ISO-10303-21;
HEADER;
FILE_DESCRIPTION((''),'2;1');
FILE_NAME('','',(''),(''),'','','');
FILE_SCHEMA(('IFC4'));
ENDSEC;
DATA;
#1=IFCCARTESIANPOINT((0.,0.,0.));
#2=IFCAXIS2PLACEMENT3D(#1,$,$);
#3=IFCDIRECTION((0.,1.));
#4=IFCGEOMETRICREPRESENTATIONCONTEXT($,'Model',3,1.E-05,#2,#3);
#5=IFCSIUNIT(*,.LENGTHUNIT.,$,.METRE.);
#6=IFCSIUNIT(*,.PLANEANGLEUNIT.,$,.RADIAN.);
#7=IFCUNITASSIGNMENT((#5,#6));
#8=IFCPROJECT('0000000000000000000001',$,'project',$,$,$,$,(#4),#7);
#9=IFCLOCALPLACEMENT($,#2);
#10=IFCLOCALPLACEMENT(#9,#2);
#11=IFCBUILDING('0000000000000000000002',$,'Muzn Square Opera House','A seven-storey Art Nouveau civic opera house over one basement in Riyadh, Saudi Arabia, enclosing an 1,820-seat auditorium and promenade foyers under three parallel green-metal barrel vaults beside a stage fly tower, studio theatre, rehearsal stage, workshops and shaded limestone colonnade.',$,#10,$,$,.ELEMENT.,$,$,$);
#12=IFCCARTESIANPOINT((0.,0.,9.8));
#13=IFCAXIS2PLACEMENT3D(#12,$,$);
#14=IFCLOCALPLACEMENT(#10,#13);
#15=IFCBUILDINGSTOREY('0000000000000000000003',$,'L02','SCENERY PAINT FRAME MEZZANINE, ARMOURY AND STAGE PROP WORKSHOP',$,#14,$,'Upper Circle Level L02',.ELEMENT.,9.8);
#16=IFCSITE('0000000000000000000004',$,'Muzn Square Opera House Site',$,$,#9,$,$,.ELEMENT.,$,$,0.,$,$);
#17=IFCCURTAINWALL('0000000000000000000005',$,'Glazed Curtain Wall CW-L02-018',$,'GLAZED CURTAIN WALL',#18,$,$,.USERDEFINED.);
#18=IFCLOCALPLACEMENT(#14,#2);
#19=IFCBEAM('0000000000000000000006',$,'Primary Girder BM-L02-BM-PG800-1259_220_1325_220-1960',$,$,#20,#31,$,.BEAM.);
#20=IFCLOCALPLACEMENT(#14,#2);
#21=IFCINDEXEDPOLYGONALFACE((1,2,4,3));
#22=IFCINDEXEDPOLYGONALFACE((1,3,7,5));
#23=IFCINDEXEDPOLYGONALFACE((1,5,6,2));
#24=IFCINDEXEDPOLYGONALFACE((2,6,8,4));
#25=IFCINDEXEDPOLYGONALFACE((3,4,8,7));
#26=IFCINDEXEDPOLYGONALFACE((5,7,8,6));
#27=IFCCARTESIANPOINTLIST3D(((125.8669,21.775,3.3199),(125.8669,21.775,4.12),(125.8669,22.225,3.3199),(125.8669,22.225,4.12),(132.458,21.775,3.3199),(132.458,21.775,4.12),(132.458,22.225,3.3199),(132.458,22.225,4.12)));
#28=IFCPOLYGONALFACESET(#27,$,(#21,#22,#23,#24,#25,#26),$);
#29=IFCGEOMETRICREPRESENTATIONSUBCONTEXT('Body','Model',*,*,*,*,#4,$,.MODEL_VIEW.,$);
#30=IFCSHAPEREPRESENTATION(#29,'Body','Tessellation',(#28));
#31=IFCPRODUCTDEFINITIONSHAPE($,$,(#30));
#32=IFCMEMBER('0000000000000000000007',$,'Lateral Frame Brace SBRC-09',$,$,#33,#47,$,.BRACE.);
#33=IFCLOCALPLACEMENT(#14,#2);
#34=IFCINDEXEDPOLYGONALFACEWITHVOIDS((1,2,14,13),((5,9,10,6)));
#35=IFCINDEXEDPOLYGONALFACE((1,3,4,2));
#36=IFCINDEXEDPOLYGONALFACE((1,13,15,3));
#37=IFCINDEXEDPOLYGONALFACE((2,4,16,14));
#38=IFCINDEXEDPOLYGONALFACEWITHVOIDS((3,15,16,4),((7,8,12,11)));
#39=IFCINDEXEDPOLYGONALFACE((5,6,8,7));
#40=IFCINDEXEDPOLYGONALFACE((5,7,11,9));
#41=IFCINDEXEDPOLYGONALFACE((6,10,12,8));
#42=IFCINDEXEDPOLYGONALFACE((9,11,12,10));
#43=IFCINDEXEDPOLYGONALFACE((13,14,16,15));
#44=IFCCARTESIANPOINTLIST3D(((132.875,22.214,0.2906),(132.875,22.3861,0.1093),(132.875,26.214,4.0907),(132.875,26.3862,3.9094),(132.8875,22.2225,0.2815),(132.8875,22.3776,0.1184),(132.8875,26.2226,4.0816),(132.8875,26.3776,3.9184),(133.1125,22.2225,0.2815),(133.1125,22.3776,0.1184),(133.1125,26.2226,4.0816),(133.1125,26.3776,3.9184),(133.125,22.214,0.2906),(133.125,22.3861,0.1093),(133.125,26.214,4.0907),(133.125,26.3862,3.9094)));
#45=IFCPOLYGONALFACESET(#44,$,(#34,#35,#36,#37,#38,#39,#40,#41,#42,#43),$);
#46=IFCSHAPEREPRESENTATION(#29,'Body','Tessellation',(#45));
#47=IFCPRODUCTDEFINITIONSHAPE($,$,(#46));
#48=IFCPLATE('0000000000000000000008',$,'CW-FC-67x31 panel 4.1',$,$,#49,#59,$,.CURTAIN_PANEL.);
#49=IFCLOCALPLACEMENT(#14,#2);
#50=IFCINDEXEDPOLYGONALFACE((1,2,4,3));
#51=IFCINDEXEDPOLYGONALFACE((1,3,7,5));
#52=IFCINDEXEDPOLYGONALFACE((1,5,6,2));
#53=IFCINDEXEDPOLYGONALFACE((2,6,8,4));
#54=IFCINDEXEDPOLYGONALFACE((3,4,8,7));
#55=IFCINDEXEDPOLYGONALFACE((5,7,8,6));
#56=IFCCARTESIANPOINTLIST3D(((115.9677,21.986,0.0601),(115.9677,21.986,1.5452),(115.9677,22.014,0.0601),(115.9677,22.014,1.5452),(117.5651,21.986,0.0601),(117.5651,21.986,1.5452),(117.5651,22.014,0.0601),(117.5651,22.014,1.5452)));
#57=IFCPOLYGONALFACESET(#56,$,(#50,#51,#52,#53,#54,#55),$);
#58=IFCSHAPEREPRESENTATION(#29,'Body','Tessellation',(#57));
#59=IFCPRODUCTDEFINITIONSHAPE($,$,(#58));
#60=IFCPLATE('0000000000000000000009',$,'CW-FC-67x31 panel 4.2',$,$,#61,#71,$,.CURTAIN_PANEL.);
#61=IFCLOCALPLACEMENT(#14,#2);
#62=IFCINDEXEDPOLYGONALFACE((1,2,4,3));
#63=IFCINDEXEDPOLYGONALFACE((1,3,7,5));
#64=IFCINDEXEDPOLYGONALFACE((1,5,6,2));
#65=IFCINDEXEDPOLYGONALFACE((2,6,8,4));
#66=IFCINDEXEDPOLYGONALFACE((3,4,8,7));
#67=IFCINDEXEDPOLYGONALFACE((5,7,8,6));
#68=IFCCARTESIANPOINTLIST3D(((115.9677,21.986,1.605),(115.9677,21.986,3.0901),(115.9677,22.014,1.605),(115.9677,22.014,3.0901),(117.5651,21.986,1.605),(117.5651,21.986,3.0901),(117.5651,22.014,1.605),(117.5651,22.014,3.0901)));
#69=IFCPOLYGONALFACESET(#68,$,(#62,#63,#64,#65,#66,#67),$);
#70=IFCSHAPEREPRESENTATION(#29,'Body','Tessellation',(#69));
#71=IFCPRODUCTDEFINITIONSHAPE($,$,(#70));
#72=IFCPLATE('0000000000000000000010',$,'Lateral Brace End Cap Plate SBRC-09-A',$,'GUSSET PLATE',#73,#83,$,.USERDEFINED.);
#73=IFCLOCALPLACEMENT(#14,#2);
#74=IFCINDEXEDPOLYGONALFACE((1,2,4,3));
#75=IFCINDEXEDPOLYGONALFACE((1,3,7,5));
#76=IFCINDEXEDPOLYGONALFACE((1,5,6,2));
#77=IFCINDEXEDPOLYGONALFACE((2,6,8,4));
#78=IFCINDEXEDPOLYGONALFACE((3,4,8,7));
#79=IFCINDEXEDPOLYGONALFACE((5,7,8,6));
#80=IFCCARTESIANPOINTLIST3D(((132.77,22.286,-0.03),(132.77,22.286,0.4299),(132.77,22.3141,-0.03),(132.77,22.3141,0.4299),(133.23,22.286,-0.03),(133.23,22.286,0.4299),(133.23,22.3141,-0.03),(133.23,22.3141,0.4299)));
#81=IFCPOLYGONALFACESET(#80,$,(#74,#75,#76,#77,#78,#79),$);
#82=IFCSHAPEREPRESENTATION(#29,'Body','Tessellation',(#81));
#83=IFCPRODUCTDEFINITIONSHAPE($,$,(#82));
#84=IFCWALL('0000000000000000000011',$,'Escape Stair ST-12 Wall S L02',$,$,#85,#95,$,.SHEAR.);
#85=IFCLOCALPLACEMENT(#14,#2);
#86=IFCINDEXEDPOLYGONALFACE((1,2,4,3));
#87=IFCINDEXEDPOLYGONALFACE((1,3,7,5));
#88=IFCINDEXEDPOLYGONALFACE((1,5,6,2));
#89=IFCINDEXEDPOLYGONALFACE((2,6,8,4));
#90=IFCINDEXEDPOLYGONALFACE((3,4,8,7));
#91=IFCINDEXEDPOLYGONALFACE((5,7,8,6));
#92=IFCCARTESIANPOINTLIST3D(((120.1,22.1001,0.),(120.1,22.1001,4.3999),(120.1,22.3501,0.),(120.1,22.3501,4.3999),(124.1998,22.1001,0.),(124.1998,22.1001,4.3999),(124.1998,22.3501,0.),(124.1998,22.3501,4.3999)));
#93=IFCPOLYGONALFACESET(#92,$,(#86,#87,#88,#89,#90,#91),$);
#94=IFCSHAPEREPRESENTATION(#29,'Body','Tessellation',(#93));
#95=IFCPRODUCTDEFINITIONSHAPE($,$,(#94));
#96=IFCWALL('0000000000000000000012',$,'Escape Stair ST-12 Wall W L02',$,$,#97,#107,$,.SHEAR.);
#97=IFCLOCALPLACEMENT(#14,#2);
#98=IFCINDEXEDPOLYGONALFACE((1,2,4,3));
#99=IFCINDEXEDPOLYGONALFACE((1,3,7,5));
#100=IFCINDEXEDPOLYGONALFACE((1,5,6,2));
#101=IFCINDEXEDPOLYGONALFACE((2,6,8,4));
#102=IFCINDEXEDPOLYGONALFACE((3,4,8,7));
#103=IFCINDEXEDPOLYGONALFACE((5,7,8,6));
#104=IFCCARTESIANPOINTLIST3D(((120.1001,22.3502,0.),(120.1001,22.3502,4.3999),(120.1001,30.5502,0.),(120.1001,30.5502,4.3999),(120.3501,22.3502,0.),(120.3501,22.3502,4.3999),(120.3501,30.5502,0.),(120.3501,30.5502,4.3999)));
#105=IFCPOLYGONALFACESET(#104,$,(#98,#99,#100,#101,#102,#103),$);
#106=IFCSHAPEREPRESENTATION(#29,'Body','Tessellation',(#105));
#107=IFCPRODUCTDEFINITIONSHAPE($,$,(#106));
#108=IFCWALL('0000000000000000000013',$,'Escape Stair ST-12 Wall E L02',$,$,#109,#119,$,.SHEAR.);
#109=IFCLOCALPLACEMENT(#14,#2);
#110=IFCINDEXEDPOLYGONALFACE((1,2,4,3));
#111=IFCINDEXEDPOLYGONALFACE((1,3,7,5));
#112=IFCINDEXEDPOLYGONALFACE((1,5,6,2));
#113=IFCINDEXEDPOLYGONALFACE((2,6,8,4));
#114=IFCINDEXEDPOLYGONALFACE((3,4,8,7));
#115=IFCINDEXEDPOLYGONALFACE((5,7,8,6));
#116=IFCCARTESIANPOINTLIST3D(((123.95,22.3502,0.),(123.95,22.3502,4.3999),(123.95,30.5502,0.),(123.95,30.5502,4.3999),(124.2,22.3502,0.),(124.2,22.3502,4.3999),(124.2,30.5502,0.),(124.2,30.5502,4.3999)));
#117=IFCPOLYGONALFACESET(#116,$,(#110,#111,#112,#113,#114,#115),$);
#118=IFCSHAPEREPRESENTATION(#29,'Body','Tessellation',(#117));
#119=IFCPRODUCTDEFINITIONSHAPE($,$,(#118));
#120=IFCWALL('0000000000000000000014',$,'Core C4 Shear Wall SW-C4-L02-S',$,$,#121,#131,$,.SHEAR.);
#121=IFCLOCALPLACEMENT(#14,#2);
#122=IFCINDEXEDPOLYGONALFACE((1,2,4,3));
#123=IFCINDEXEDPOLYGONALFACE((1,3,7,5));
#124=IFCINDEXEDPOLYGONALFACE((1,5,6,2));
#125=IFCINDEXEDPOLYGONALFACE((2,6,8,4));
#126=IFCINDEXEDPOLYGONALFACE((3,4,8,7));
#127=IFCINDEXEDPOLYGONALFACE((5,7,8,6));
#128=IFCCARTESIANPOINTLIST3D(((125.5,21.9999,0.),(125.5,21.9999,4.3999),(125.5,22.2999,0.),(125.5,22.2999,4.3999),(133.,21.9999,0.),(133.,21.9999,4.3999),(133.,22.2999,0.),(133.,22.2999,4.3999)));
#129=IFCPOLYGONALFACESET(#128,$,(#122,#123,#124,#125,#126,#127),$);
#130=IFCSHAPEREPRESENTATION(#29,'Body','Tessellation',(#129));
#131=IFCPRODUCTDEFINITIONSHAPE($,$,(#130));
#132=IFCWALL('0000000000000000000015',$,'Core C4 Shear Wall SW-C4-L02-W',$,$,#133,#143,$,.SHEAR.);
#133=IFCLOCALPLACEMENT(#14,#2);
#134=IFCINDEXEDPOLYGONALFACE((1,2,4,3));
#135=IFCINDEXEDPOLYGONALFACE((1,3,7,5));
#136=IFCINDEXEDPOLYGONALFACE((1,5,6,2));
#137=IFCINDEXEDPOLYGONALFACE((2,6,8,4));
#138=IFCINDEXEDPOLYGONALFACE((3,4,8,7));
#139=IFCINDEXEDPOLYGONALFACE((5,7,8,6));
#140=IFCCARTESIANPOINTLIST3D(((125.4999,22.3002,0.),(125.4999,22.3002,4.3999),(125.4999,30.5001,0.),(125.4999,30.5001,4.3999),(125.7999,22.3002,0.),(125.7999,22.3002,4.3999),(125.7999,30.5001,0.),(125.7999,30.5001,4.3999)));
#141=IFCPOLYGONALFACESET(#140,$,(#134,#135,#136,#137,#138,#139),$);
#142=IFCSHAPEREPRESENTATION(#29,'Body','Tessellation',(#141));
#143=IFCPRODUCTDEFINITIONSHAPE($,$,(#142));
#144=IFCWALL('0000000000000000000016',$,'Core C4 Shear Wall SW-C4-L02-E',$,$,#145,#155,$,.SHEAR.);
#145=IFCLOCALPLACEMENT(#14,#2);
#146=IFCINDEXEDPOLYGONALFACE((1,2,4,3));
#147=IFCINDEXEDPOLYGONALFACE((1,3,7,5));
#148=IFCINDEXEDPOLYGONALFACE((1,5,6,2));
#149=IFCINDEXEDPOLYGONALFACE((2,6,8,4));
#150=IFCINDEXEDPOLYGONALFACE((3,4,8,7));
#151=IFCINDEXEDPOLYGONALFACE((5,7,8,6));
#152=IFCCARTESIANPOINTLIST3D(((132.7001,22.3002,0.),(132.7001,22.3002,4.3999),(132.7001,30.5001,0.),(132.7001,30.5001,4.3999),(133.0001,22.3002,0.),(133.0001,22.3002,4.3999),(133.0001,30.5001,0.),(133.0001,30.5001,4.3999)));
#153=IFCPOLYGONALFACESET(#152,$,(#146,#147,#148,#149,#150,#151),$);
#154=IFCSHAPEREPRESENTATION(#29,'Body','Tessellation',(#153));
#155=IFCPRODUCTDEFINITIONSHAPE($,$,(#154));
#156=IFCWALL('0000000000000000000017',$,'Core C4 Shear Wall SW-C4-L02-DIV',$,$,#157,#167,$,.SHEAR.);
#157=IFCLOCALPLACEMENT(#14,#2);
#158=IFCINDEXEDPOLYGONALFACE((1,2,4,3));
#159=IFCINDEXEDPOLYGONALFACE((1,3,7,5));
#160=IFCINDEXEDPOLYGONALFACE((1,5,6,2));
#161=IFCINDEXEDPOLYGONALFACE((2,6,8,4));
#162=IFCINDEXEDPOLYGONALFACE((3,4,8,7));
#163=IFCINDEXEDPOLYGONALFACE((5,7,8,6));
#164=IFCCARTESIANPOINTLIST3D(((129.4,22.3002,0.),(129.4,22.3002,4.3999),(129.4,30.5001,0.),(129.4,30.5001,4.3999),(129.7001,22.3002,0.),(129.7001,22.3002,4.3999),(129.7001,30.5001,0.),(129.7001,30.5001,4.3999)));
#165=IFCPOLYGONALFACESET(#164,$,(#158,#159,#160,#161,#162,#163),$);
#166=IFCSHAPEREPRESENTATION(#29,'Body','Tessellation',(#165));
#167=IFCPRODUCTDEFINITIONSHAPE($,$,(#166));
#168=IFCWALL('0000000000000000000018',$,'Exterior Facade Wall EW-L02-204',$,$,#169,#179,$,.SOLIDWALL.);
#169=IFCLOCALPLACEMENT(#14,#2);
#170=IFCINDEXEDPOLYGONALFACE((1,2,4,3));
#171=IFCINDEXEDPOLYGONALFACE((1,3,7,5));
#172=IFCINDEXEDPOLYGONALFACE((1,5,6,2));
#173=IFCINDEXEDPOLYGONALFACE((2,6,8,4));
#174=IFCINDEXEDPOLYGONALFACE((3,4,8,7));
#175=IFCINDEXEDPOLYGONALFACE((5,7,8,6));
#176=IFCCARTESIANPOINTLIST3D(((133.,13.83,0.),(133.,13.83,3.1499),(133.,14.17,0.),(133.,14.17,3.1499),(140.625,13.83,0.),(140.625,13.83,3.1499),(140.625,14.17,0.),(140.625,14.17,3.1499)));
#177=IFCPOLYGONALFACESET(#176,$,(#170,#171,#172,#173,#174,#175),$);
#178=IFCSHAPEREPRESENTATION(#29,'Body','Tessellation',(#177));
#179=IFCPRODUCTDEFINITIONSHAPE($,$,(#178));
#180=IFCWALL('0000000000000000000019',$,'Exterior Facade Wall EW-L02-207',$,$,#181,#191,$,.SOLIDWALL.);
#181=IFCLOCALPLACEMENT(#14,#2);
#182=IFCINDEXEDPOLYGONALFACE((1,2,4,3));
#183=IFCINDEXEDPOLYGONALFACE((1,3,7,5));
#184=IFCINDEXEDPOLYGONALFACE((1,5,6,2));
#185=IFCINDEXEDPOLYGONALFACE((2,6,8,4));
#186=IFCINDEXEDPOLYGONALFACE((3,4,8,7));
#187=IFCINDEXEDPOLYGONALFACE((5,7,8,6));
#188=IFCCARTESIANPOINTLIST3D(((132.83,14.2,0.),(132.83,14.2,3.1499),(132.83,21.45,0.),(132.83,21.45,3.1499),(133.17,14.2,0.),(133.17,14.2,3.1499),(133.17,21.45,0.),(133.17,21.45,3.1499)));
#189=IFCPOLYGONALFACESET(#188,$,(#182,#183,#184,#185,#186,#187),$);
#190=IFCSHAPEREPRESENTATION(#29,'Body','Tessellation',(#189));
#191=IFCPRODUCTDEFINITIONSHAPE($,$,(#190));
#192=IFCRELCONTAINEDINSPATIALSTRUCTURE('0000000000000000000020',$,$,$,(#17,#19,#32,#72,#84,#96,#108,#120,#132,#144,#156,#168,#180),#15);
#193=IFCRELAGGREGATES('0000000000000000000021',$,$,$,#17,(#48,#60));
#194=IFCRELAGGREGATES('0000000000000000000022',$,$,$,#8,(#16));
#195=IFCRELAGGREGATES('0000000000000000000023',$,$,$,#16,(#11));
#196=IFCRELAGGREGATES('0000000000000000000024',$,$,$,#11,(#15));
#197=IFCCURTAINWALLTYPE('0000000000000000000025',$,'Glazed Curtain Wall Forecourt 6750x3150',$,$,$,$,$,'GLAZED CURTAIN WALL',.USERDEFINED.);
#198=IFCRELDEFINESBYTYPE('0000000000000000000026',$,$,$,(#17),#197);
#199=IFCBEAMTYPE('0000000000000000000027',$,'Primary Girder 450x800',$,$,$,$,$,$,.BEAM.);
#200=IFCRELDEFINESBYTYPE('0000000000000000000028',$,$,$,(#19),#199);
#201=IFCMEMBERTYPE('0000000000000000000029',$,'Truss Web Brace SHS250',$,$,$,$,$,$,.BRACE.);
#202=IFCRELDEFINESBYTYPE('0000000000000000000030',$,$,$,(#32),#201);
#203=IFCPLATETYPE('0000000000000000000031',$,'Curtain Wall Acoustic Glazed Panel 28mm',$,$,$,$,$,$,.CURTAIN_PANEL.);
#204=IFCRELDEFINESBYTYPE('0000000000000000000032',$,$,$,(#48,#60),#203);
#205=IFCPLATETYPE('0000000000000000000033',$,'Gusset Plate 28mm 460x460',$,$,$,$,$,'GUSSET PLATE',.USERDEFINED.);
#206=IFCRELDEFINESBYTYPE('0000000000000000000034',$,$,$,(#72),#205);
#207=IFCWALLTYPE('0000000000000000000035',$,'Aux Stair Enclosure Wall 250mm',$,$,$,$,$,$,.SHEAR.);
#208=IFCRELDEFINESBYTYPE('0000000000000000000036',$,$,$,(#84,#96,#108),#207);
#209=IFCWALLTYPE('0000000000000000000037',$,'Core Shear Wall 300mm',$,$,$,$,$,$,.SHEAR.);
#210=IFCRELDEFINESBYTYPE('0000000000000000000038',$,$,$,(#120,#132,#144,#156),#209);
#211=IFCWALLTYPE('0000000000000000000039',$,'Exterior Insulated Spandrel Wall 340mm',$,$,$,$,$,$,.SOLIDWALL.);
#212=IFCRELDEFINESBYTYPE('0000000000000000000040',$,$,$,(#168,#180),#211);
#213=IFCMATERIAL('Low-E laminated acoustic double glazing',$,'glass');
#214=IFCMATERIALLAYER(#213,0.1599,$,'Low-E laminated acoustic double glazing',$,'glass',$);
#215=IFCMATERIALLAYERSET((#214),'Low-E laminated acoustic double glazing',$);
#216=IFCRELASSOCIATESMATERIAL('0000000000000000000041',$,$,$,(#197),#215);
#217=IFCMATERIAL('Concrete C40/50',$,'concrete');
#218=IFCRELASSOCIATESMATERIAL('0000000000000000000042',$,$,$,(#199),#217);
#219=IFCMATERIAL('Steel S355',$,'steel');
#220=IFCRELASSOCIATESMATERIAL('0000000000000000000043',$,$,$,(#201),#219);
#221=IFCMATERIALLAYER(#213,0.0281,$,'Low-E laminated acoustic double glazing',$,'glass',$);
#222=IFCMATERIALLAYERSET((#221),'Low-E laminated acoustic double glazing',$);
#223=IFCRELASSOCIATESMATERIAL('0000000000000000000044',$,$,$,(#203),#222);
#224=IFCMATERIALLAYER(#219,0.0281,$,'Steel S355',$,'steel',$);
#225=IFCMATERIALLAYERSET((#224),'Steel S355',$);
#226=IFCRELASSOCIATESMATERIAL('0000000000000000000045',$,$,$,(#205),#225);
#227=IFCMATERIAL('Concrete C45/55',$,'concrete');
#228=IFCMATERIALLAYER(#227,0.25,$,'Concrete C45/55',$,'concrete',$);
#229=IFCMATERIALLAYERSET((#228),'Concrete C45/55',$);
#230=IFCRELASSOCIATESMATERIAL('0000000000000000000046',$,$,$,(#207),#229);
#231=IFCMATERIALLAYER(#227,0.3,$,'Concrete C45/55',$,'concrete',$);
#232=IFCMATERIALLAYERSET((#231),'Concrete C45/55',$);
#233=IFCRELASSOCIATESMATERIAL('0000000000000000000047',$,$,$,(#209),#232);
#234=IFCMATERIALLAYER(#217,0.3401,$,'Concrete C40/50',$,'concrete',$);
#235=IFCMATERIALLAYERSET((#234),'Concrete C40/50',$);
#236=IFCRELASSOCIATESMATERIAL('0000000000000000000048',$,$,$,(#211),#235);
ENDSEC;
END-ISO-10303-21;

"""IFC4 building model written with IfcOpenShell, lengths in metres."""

from ifc_helpers import new_model, si_unit, direction, frame, frame_2d, origin, origin_2d, place, context, subcontext, project, spatial, rectangle, hollow_rectangle, extrude, material, layer, layer_set, material_profile, profile_set, type_object, element, aggregate, save


model = new_model("IFC4")

# Units and contexts
model_context = context("Model", 3, precision=1e-05, world=origin(), true_north=direction((0.0, 1.0)))
body_context = subcontext(model_context, "Body", "Model", "MODEL_VIEW")
ifc_project = project(units=[si_unit("LENGTHUNIT", "METRE"), si_unit("PLANEANGLEUNIT", "RADIAN")], contexts=[model_context])

# Site, building, storey
site_placement = place(None, origin())
site = spatial("IfcSite", under=ifc_project, at=site_placement, Name="Muzn Square Opera House Site", CompositionType="ELEMENT", RefElevation=0.0)
building_placement = place(site_placement, origin())
building = spatial("IfcBuilding", under=site, at=building_placement, Name="Muzn Square Opera House", Description="A seven-storey Art Nouveau civic opera house over one basement in Riyadh, Saudi Arabia, enclosing an 1,820-seat auditorium and promenade foyers under three parallel green-metal barrel vaults beside a stage fly tower, studio theatre, rehearsal stage, workshops and shaded limestone colonnade.", CompositionType="ELEMENT")
storey_placement = place(building_placement, frame((0.0, 0.0, 9.8)))
storey = spatial("IfcBuildingStorey", under=building, at=storey_placement, Name="L02", Description="SCENERY PAINT FRAME MEZZANINE, ARMOURY AND STAGE PROP WORKSHOP", LongName="Upper Circle Level L02", CompositionType="ELEMENT", Elevation=9.8)

# Shared definitions
ifc_material_1 = material(Name="Concrete C45/55", Category="concrete")

# Curtain wall
ifc_material_2 = material(Name="Low-E laminated acoustic double glazing", Category="glass")
ifc_layer_1 = layer(ifc_material_2, 0.1599, Name="Low-E laminated acoustic double glazing", Category="glass")
ifc_layer_set_1 = layer_set([ifc_layer_1], Name="Low-E laminated acoustic double glazing")
curtain_wall_type = type_object("IfcCurtainWallType", Name="Glazed Curtain Wall Forecourt 6750x3150", ElementType="GLAZED CURTAIN WALL", PredefinedType="USERDEFINED", material=ifc_layer_set_1)
curtain_wall_placement = place(storey_placement, origin())
curtain_wall = element("IfcCurtainWall", 1, at=curtain_wall_placement, inside=storey, type_object=curtain_wall_type, Name="Glazed Curtain Wall CW-L02-018", ObjectType="GLAZED CURTAIN WALL", PredefinedType="USERDEFINED")

# Beam
ifc_material_3 = material(Name="Concrete C40/50", Category="concrete")
ifc_material_profile_1 = material_profile(ifc_material_3, rectangle(XDim=0.45, YDim=0.8, at=origin_2d()), Name="RCB 450x800", Category="concrete")
ifc_profile_set_1 = profile_set([ifc_material_profile_1], Name="Concrete C40/50")
beam_type_1 = type_object("IfcBeamType", Name="Primary Girder 450x800", PredefinedType="BEAM", material=ifc_profile_set_1)
beam_1_placement = place(storey_placement, frame((125.8669, 22.0, 3.72), z_axis=(1.0, 0.0, 0.0), x_axis=(0.0, 1.0, 0.0)))
element("IfcBeam", 2, at=beam_1_placement, inside=storey, type_object=beam_type_1, Name="Primary Girder BM-L02-BM-PG800-1259_220_1325_220-1960", PredefinedType="BEAM", context=body_context, shape_type="SweptSolid", body=[
    extrude(rectangle(XDim=0.45, YDim=0.8, at=origin_2d()), origin(), (0.0, 0.0, 1.0), 6.5911),
])

# Member
ifc_material_4 = material(Name="Steel S355", Category="steel")
ifc_material_profile_2 = material_profile(ifc_material_4, hollow_rectangle(XDim=0.25, YDim=0.25, WallThickness=0.0125, at=origin_2d()), Name="SHS 250x250x12.5", Category="steel")
ifc_profile_set_2 = profile_set([ifc_material_profile_2], Name="Steel S355")
member_type_1 = type_object("IfcMemberType", Name="Truss Web Brace SHS250", PredefinedType="BRACE", material=ifc_profile_set_2)
member_1_placement = place(storey_placement, frame((133.0, 22.3, 0.2), z_axis=(0.0, 0.724995, 0.688754), x_axis=(-1.0, 0.0, 0.0)))
element("IfcMember", 3, at=member_1_placement, inside=storey, type_object=member_type_1, Name="Lateral Frame Brace SBRC-09", PredefinedType="BRACE", context=body_context, shape_type="SweptSolid", body=[
    extrude(hollow_rectangle(XDim=0.25, YDim=0.25, WallThickness=0.0125, at=origin_2d()), origin(), (0.0, 0.0, 1.0), 5.5173),
])

# Plates
ifc_layer_2 = layer(ifc_material_2, 0.0281, Name="Low-E laminated acoustic double glazing", Category="glass")
ifc_layer_set_2 = layer_set([ifc_layer_2], Name="Low-E laminated acoustic double glazing")
plate_type_1 = type_object("IfcPlateType", Name="Curtain Wall Acoustic Glazed Panel 28mm", PredefinedType="CURTAIN_PANEL", material=ifc_layer_set_2)
plate_1_placement = place(storey_placement, frame((116.7664, 22.0, 0.0601), z_axis=(0.0, 0.0, 1.0), x_axis=(1.0, 0.0, 0.0)))
plate_1 = element("IfcPlate", 4, at=plate_1_placement, type_object=plate_type_1, Name="CW-FC-67x31 panel 4.1", PredefinedType="CURTAIN_PANEL", context=body_context, shape_type="SweptSolid", body=[
    extrude(rectangle(XDim=1.5974, YDim=0.0281, at=origin_2d()), origin(), (0.0, 0.0, 1.0), 1.4851),
])
plate_2_placement = place(storey_placement, frame((116.7664, 22.0, 1.605), z_axis=(0.0, 0.0, 1.0), x_axis=(1.0, 0.0, 0.0)))
plate_2 = element("IfcPlate", 5, at=plate_2_placement, type_object=plate_type_1, Name="CW-FC-67x31 panel 4.2", PredefinedType="CURTAIN_PANEL", context=body_context, shape_type="SweptSolid", body=[
    extrude(rectangle(XDim=1.5974, YDim=0.0281, at=origin_2d()), origin(), (0.0, 0.0, 1.0), 1.4851),
])
aggregate(curtain_wall, [plate_1, plate_2])
ifc_layer_3 = layer(ifc_material_4, 0.0281, Name="Steel S355", Category="steel")
ifc_layer_set_3 = layer_set([ifc_layer_3], Name="Steel S355")
plate_type_2 = type_object("IfcPlateType", Name="Gusset Plate 28mm 460x460", ElementType="GUSSET PLATE", PredefinedType="USERDEFINED", material=ifc_layer_set_3)
plate_3_placement = place(storey_placement, frame((133.0, 22.3, -0.03), z_axis=(0.0, 0.0, 1.0), x_axis=(1.0, 0.0, 0.0)))
element("IfcPlate", 6, at=plate_3_placement, inside=storey, type_object=plate_type_2, Name="Lateral Brace End Cap Plate SBRC-09-A", ObjectType="GUSSET PLATE", PredefinedType="USERDEFINED", context=body_context, shape_type="SweptSolid", body=[
    extrude(rectangle(XDim=0.46, YDim=0.0281, at=origin_2d()), origin(), (0.0, 0.0, 1.0), 0.46),
])

# Walls
ifc_layer_4 = layer(ifc_material_1, 0.25, Name="Concrete C45/55", Category="concrete")
ifc_layer_set_4 = layer_set([ifc_layer_4], Name="Concrete C45/55")
wall_type_1 = type_object("IfcWallType", Name="Aux Stair Enclosure Wall 250mm", PredefinedType="SHEAR", material=ifc_layer_set_4)
wall_1_placement = place(storey_placement, frame((120.1001, 22.2251, 0.0), z_axis=(0.0, 0.0, 1.0), x_axis=(1.0, 0.0, 0.0)))
element("IfcWall", 7, at=wall_1_placement, inside=storey, type_object=wall_type_1, Name="Escape Stair ST-12 Wall S L02", PredefinedType="SHEAR", context=body_context, shape_type="SweptSolid", body=[
    extrude(rectangle(XDim=4.0999, YDim=0.25, at=frame_2d((2.0498, 0.0))), origin(), (0.0, 0.0, 1.0), 4.3999),
])
for number, where, z_axis, x_axis, name in (
    (8, (120.2251, 22.3501, 0.0), (0.0, 0.0, 1.0), (0.0, 1.0, 0.0), "Escape Stair ST-12 Wall W L02"),
    (9, (124.075, 22.3501, 0.0), (0.0, 0.0, 1.0), (0.0, 1.0, 0.0), "Escape Stair ST-12 Wall E L02"),
):
    element("IfcWall", number, at=place(storey_placement, frame(where, z_axis=z_axis, x_axis=x_axis)), inside=storey, type_object=wall_type_1, Name=name, PredefinedType="SHEAR", context=body_context, shape_type="SweptSolid", body=[
        extrude(rectangle(XDim=8.2, YDim=0.25, at=frame_2d((4.1001, 0.0))), origin(), (0.0, 0.0, 1.0), 4.3999),
    ])
ifc_layer_5 = layer(ifc_material_1, 0.3, Name="Concrete C45/55", Category="concrete")
ifc_layer_set_5 = layer_set([ifc_layer_5], Name="Concrete C45/55")
wall_type_2 = type_object("IfcWallType", Name="Core Shear Wall 300mm", PredefinedType="SHEAR", material=ifc_layer_set_5)
wall_2_placement = place(storey_placement, frame((125.5, 22.1499, 0.0), z_axis=(0.0, 0.0, 1.0), x_axis=(1.0, 0.0, 0.0)))
element("IfcWall", 10, at=wall_2_placement, inside=storey, type_object=wall_type_2, Name="Core C4 Shear Wall SW-C4-L02-S", PredefinedType="SHEAR", context=body_context, shape_type="SweptSolid", body=[
    extrude(rectangle(XDim=7.5, YDim=0.3, at=frame_2d((3.75, 0.0))), origin(), (0.0, 0.0, 1.0), 4.3999),
])
for number, where, z_axis, x_axis, name in (
    (11, (125.6499, 22.3, 0.0), (0.0, 0.0, 1.0), (0.0, 1.0, 0.0), "Core C4 Shear Wall SW-C4-L02-W"),
    (12, (132.8501, 22.3, 0.0), (0.0, 0.0, 1.0), (0.0, 1.0, 0.0), "Core C4 Shear Wall SW-C4-L02-E"),
    (13, (129.55, 22.3, 0.0), (0.0, 0.0, 1.0), (0.0, 1.0, 0.0), "Core C4 Shear Wall SW-C4-L02-DIV"),
):
    element("IfcWall", number, at=place(storey_placement, frame(where, z_axis=z_axis, x_axis=x_axis)), inside=storey, type_object=wall_type_2, Name=name, PredefinedType="SHEAR", context=body_context, shape_type="SweptSolid", body=[
        extrude(rectangle(XDim=8.2, YDim=0.3, at=frame_2d((4.1001, 0.0))), origin(), (0.0, 0.0, 1.0), 4.3999),
    ])
ifc_layer_6 = layer(ifc_material_3, 0.3401, Name="Concrete C40/50", Category="concrete")
ifc_layer_set_6 = layer_set([ifc_layer_6], Name="Concrete C40/50")
wall_type_3 = type_object("IfcWallType", Name="Exterior Insulated Spandrel Wall 340mm", PredefinedType="SOLIDWALL", material=ifc_layer_set_6)
wall_3_placement = place(storey_placement, frame((133.0, 14.0, 0.0), z_axis=(0.0, 0.0, 1.0), x_axis=(1.0, 0.0, 0.0)))
element("IfcWall", 14, at=wall_3_placement, inside=storey, type_object=wall_type_3, Name="Exterior Facade Wall EW-L02-204", PredefinedType="SOLIDWALL", context=body_context, shape_type="SweptSolid", body=[
    extrude(rectangle(XDim=7.625, YDim=0.3401, at=frame_2d((3.8125, 0.0))), origin(), (0.0, 0.0, 1.0), 3.1499),
])
wall_4_placement = place(storey_placement, frame((133.0, 14.2, 0.0), z_axis=(0.0, 0.0, 1.0), x_axis=(0.0, 1.0, 0.0)))
element("IfcWall", 15, at=wall_4_placement, inside=storey, type_object=wall_type_3, Name="Exterior Facade Wall EW-L02-207", PredefinedType="SOLIDWALL", context=body_context, shape_type="SweptSolid", body=[
    extrude(rectangle(XDim=7.25, YDim=0.3401, at=frame_2d((3.625, 0.0))), origin(), (0.0, 0.0, 1.0), 3.1499),
])

save(model, "model.ifc")
